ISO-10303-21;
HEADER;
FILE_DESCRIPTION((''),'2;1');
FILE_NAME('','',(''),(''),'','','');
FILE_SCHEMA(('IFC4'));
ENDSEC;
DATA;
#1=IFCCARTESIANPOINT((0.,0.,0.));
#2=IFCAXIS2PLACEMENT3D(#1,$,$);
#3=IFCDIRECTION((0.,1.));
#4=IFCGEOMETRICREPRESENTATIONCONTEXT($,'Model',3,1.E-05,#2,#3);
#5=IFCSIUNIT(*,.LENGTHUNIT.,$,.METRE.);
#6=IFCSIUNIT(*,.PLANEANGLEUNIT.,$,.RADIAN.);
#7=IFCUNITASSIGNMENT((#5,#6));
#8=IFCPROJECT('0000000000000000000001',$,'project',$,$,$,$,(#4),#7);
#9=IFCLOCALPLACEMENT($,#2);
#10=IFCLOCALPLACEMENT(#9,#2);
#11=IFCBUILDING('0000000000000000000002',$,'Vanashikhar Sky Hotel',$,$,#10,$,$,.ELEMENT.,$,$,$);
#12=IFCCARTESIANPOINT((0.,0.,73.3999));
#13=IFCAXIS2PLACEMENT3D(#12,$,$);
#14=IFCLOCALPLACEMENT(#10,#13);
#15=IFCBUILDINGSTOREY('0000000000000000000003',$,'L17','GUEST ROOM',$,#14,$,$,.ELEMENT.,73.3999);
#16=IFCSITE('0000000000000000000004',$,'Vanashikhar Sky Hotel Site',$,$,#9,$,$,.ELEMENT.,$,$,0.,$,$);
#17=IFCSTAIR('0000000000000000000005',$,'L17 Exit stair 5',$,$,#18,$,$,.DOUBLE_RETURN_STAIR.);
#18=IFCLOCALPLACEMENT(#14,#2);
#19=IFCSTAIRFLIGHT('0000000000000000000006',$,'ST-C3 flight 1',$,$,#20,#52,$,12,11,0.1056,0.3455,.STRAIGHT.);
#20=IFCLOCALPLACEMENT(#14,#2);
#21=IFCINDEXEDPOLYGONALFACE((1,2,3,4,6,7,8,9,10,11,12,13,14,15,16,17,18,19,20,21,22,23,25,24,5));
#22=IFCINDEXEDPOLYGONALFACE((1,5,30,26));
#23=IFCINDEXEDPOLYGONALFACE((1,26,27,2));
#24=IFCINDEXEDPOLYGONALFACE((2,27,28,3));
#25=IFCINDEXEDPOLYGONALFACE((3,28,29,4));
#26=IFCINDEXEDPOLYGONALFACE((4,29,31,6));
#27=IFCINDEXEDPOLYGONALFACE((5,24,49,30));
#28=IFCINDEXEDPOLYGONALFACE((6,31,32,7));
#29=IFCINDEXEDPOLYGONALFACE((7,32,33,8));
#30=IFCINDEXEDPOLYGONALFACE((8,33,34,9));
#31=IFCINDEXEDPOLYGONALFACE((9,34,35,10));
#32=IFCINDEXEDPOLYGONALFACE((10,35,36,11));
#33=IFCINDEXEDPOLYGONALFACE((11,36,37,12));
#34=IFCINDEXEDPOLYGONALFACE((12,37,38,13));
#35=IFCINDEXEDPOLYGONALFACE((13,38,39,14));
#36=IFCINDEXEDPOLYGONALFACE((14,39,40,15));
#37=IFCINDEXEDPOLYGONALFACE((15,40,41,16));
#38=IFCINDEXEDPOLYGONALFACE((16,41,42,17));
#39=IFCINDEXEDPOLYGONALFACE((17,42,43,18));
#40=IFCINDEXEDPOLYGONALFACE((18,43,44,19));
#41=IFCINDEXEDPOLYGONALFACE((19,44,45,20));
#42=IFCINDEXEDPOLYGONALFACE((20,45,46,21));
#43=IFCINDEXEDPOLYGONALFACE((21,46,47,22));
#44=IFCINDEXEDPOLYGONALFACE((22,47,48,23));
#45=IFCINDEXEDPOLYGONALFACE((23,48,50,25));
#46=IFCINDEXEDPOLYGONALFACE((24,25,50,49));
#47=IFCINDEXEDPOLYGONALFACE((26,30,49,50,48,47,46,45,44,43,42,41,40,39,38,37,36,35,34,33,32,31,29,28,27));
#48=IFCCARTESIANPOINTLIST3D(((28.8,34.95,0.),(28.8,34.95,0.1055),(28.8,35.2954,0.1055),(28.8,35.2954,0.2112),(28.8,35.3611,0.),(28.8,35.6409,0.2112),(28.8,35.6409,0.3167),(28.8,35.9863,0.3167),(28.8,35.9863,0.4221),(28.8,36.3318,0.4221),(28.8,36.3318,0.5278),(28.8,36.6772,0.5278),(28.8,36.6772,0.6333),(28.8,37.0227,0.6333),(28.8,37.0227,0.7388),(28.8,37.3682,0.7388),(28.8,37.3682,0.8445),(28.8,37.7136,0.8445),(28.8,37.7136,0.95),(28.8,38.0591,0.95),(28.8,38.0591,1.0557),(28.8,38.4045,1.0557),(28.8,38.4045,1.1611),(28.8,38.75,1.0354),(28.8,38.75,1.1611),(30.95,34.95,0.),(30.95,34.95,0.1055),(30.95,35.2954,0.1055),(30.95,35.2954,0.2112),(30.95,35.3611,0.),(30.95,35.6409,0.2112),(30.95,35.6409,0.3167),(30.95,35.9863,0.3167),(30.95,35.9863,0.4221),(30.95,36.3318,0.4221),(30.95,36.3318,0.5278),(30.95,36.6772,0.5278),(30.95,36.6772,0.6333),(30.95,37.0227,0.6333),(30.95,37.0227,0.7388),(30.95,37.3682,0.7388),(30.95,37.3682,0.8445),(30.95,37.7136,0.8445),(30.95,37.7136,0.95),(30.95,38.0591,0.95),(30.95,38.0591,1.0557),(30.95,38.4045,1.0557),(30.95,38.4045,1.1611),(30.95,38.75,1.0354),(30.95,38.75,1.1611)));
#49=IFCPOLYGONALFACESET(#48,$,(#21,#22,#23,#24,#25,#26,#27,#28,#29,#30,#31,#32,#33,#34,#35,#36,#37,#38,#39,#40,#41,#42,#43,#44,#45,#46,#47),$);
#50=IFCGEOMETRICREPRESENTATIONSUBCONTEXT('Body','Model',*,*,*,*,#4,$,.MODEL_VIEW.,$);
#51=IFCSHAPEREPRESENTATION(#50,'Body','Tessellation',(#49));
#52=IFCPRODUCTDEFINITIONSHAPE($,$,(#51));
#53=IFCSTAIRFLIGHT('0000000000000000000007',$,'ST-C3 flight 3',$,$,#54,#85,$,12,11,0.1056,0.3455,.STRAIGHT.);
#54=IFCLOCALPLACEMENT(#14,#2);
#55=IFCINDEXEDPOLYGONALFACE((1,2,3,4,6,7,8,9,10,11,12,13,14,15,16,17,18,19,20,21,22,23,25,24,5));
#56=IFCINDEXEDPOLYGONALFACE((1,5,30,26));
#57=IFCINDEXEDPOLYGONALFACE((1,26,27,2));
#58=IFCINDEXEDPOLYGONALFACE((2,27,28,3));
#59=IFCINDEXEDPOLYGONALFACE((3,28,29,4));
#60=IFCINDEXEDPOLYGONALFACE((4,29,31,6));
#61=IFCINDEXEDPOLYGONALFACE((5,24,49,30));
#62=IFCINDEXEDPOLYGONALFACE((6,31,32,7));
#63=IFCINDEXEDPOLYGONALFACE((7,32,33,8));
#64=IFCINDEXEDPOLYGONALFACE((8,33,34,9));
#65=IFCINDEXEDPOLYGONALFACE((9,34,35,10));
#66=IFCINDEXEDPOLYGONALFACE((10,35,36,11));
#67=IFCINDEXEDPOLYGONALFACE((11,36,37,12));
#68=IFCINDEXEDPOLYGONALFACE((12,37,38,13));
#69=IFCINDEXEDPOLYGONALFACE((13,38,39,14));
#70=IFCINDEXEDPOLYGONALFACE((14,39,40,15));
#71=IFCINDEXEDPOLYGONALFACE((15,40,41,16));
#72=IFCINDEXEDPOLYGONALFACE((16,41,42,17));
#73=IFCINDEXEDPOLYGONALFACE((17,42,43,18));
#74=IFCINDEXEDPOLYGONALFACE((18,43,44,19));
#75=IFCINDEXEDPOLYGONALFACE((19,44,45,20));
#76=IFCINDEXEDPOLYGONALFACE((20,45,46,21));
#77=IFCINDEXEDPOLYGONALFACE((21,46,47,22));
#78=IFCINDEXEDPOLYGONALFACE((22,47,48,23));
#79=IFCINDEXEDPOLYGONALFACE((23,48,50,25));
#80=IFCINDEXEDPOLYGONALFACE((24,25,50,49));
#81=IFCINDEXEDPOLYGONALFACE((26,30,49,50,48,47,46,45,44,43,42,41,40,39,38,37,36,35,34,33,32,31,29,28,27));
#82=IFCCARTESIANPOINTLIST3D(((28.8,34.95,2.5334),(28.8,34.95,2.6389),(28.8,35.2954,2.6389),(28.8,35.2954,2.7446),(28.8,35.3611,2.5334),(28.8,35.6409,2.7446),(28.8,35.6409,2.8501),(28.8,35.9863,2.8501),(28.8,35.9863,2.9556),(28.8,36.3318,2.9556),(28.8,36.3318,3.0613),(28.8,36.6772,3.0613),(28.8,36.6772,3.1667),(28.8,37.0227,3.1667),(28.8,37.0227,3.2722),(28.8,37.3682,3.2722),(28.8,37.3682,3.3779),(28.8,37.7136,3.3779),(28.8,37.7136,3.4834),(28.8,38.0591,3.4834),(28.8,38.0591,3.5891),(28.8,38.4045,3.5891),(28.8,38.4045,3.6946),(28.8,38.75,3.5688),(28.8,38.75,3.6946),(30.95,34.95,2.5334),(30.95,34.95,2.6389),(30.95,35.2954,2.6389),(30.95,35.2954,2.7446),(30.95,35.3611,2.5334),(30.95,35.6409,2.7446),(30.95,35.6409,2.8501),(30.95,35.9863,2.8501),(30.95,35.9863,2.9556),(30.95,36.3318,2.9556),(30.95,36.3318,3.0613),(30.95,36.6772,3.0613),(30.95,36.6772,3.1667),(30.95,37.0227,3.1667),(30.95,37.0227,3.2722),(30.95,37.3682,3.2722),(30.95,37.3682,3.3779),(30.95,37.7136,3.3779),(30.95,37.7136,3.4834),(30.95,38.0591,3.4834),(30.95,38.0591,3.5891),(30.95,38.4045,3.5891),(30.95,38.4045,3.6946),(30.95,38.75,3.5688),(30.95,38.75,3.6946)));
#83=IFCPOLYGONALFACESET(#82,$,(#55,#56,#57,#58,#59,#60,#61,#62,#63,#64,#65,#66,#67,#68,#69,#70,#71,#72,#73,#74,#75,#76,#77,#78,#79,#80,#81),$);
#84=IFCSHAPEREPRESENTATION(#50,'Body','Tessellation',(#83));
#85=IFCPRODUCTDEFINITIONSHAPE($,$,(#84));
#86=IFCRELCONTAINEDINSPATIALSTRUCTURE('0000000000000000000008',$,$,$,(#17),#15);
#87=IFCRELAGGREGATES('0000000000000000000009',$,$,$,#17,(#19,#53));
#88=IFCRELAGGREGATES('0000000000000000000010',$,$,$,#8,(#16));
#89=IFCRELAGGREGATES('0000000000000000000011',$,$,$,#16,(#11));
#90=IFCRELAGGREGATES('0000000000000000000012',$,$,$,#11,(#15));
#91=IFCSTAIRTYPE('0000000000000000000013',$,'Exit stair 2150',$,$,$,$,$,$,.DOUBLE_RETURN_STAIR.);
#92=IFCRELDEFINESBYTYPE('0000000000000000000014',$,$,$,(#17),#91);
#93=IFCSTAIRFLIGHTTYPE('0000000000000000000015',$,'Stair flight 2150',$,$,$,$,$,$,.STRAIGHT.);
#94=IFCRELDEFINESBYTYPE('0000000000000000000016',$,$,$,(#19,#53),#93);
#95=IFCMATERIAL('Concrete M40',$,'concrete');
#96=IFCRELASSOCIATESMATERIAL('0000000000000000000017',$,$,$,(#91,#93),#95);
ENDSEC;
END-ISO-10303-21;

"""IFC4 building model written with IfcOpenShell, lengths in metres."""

from ifc_helpers import new_model, si_unit, direction, frame, origin, place, context, subcontext, project, spatial, polyline, outline, extrude, source, transform, mapped, material, type_object, element, aggregate, save


model = new_model("IFC4")

# Units and contexts
model_context = context("Model", 3, precision=1e-05, world=origin(), true_north=direction((0.0, 1.0)))
body_context = subcontext(model_context, "Body", "Model", "MODEL_VIEW")
ifc_project = project(units=[si_unit("LENGTHUNIT", "METRE"), si_unit("PLANEANGLEUNIT", "RADIAN")], contexts=[model_context])

# Site, building, storey
site_placement = place(None, origin())
site = spatial("IfcSite", under=ifc_project, at=site_placement, Name="Vanashikhar Sky Hotel Site", CompositionType="ELEMENT", RefElevation=0.0)
building_placement = place(site_placement, origin())
building = spatial("IfcBuilding", under=site, at=building_placement, Name="Vanashikhar Sky Hotel", CompositionType="ELEMENT")
storey_placement = place(building_placement, frame((0.0, 0.0, 73.3999)))
storey = spatial("IfcBuildingStorey", under=building, at=storey_placement, Name="L17", Description="GUEST ROOM", CompositionType="ELEMENT", Elevation=73.3999)

# Shared definitions
ifc_material_1 = material(Name="Concrete M40", Category="concrete")

# Stair, stair flights
stair_type = type_object("IfcStairType", Name="Exit stair 2150", PredefinedType="DOUBLE_RETURN_STAIR", material=ifc_material_1)
stair_placement = place(storey_placement, origin())
stair = element("IfcStair", 1, at=stair_placement, inside=storey, type_object=stair_type, Name="L17 Exit stair 5", PredefinedType="DOUBLE_RETURN_STAIR")
stair_flight_type = type_object("IfcStairFlightType", Name="Stair flight 2150", PredefinedType="STRAIGHT", material=ifc_material_1)
shared_shape_1 = source(origin(), body_context, "Body", "SweptSolid", [
    extrude(outline(polyline([(0.0, 0.0), (0.0, 0.1055), (0.3455, 0.1055), (0.3455, 0.2112), (0.6909, 0.2112), (0.6909, 0.3167), (1.0364, 0.3167), (1.0364, 0.4221), (1.3818, 0.4221), (1.3818, 0.5278), (1.7273, 0.5278), (1.7273, 0.6333), (2.0728, 0.6333), (2.0728, 0.7388), (2.4182, 0.7388), (2.4182, 0.8445), (2.7637, 0.8445), (2.7637, 0.95), (3.1091, 0.95), (3.1091, 1.0557), (3.4546, 1.0557), (3.4546, 1.1611), (3.8, 1.1611), (3.8, 1.2666), (3.8, 1.0354), (0.4111, 0.0), (0.0, 0.0)])), frame((0.0, 1.075, 0.0), z_axis=(0.0, -1.0, 0.0), x_axis=(1.0, 0.0, 0.0)), (0.0, 0.0, 1.0), 2.1499),
])
stair_flight_1_placement = place(storey_placement, frame((29.875, 34.95, 0.0), z_axis=(0.0, 0.0, 1.0), x_axis=(0.0, 1.0, 0.0)))
stair_flight_1 = element("IfcStairFlight", 2, at=stair_flight_1_placement, type_object=stair_flight_type, Name="ST-C3 flight 1", NumberOfRisers=12, NumberOfTreads=11, PredefinedType="STRAIGHT", RiserHeight=0.1056, TreadLength=0.3455, context=body_context, shape_type="MappedRepresentation", body=[
    mapped(shared_shape_1, transform((0.0, 0.0, 0.0), scale=1.0)),
])
stair_flight_2_placement = place(storey_placement, frame((29.875, 34.95, 2.5334), z_axis=(0.0, 0.0, 1.0), x_axis=(0.0, 1.0, 0.0)))
stair_flight_2 = element("IfcStairFlight", 3, at=stair_flight_2_placement, type_object=stair_flight_type, Name="ST-C3 flight 3", NumberOfRisers=12, NumberOfTreads=11, PredefinedType="STRAIGHT", RiserHeight=0.1056, TreadLength=0.3455, context=body_context, shape_type="MappedRepresentation", body=[
    mapped(shared_shape_1, transform((0.0, 0.0, 0.0), scale=1.0)),
])
aggregate(stair, [stair_flight_1, stair_flight_2])

save(model, "model.ifc")
